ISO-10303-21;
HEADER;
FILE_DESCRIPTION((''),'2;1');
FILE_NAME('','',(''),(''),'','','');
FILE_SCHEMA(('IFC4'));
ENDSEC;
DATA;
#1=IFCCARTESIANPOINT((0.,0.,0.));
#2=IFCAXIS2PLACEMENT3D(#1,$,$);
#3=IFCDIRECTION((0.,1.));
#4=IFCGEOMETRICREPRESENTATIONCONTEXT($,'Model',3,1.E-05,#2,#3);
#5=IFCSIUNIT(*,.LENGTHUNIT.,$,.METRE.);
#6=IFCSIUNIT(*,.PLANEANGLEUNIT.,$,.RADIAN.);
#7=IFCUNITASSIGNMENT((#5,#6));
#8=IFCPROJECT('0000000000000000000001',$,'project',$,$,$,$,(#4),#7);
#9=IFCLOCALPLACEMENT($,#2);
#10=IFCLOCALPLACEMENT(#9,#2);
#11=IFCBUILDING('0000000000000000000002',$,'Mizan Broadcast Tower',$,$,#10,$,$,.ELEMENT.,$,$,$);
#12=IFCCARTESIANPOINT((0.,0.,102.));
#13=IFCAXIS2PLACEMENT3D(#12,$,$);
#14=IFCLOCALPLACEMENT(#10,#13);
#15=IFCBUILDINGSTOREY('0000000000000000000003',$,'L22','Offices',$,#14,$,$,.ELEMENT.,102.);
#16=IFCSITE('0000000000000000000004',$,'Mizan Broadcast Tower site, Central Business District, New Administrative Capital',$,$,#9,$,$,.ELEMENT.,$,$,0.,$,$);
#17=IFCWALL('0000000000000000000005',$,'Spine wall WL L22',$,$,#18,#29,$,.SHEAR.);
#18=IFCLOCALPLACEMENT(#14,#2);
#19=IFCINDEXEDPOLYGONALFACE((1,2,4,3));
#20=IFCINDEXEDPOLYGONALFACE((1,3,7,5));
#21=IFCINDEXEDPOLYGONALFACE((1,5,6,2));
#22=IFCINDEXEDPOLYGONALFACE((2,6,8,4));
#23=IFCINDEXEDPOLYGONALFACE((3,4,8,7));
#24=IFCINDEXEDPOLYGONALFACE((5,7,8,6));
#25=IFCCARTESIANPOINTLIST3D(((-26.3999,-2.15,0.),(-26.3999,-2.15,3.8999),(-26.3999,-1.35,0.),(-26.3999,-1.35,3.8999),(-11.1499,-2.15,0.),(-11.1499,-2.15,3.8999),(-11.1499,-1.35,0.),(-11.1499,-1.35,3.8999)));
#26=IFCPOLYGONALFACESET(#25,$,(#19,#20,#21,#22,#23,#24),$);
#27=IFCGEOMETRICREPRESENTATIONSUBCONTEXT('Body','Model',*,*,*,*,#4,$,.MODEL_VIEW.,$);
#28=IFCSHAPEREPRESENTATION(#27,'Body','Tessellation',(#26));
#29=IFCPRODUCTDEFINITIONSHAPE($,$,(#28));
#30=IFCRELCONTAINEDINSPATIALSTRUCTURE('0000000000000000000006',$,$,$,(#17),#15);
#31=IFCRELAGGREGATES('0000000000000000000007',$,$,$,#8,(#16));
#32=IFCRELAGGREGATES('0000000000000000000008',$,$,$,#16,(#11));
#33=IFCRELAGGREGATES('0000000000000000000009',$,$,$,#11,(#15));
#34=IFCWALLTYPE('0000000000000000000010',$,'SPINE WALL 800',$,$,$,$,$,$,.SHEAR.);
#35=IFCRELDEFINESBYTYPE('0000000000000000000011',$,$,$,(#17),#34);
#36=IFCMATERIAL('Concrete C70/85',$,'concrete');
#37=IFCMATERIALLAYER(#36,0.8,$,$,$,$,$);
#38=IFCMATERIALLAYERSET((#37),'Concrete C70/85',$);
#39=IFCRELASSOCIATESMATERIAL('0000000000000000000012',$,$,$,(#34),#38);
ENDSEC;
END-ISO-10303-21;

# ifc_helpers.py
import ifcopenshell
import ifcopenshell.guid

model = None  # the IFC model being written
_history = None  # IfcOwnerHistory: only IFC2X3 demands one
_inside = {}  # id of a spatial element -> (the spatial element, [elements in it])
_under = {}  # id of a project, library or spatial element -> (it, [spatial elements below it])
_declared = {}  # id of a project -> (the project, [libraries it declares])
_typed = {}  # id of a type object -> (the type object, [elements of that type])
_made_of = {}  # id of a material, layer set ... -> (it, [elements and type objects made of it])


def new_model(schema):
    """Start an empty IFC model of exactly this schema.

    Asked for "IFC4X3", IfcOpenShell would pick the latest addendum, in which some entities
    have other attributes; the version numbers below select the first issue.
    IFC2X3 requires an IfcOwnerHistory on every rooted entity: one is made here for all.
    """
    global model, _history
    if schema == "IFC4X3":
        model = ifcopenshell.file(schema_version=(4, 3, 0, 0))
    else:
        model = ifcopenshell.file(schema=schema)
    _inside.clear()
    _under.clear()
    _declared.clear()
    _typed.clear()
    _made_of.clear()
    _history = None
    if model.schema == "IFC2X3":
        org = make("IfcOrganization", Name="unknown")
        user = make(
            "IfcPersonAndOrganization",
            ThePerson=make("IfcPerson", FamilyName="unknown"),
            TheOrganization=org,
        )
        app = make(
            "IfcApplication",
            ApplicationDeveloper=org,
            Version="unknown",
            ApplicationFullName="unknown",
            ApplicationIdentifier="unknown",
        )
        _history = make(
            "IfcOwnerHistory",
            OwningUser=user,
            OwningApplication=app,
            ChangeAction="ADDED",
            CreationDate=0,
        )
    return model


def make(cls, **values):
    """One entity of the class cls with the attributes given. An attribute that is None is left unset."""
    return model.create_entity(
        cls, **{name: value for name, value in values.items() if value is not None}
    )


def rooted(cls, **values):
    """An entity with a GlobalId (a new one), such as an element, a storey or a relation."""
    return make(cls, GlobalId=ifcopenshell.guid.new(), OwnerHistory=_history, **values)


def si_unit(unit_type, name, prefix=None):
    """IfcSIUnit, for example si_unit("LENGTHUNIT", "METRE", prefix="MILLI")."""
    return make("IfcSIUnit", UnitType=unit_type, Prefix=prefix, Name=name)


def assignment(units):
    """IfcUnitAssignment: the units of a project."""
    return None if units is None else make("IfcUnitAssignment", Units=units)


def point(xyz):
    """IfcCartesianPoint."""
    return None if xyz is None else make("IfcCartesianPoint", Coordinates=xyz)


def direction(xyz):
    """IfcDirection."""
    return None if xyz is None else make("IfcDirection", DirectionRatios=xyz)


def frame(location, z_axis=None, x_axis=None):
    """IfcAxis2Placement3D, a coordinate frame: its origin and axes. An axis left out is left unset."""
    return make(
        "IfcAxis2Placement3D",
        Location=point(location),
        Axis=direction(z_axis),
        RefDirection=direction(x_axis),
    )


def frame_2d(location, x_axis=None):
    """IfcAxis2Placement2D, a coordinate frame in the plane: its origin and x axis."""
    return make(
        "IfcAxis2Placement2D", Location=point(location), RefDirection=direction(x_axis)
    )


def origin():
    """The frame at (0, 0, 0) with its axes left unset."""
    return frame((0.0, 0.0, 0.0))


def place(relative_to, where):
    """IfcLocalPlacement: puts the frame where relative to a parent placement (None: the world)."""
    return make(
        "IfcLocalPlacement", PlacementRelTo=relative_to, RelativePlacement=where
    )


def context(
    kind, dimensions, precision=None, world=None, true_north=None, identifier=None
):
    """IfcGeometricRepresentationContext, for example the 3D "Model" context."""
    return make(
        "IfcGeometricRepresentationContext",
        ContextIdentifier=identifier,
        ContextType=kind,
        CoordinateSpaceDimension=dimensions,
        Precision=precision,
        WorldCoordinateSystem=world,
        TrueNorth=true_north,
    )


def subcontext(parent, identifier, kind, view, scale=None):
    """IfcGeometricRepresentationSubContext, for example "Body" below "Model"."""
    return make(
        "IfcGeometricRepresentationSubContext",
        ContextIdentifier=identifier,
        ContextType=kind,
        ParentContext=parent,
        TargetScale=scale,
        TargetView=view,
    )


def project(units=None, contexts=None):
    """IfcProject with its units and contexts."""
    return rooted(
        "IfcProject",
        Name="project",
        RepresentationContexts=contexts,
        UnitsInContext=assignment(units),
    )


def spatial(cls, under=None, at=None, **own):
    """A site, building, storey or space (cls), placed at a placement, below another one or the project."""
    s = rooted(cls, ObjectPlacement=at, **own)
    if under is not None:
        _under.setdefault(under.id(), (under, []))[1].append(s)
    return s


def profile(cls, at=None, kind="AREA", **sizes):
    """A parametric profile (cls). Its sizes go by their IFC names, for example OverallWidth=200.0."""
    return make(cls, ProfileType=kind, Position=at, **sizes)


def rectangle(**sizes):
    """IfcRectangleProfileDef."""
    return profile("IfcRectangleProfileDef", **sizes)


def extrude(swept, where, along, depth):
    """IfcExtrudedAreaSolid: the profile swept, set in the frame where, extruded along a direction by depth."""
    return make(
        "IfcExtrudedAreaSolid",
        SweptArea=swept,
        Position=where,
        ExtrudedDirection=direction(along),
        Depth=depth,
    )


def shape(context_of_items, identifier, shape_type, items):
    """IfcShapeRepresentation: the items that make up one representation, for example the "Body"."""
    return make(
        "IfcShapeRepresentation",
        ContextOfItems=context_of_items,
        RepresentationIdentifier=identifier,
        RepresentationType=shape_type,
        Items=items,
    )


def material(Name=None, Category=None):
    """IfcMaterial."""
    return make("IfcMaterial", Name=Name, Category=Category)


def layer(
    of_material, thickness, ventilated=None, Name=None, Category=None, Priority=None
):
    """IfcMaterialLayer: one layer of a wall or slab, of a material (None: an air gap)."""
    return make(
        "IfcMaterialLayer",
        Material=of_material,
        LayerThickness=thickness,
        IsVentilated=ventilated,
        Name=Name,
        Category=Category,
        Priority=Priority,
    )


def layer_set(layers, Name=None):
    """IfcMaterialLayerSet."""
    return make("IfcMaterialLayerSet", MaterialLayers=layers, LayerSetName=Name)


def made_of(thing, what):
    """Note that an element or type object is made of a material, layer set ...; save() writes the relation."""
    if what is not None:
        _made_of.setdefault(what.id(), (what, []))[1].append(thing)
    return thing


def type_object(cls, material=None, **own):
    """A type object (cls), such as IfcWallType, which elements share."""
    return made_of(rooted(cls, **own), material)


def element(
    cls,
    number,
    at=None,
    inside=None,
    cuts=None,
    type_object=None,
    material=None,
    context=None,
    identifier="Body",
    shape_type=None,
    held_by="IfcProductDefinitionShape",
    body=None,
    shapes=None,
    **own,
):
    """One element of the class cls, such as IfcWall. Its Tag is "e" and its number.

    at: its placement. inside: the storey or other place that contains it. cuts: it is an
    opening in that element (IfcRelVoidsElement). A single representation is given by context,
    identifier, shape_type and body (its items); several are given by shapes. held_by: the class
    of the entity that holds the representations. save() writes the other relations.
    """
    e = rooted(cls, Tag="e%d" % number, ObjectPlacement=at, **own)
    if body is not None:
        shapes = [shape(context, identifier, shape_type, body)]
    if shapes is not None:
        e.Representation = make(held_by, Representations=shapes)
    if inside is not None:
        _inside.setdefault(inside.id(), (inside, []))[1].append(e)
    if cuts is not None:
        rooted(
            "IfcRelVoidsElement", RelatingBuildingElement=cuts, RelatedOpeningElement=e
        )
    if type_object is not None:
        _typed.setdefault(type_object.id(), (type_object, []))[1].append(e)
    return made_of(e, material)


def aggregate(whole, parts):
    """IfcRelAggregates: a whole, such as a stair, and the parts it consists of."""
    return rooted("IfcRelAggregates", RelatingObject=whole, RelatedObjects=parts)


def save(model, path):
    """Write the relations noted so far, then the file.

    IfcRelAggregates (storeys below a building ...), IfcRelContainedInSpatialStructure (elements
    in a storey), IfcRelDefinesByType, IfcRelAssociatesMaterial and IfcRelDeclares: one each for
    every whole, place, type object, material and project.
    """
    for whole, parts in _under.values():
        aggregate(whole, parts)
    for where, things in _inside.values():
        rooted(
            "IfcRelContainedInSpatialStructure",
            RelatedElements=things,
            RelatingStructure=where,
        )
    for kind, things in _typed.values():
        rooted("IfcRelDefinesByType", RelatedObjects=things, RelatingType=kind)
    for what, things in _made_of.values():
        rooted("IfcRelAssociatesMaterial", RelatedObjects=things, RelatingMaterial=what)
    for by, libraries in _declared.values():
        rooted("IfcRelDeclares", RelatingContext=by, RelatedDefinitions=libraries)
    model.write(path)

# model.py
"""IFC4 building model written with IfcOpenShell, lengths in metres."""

from ifc_helpers import new_model, si_unit, direction, frame, frame_2d, origin, place, context, subcontext, project, spatial, rectangle, extrude, material, layer, layer_set, type_object, element, save


model = new_model("IFC4")

# Units and contexts
model_context = context("Model", 3, precision=1e-05, world=origin(), true_north=direction((0.0, 1.0)))
body_context = subcontext(model_context, "Body", "Model", "MODEL_VIEW")
ifc_project = project(units=[si_unit("LENGTHUNIT", "METRE"), si_unit("PLANEANGLEUNIT", "RADIAN")], contexts=[model_context])

# Site, building, storey
site_placement = place(None, origin())
site = spatial("IfcSite", under=ifc_project, at=site_placement, Name="Mizan Broadcast Tower site, Central Business District, New Administrative Capital", CompositionType="ELEMENT", RefElevation=0.0)
building_placement = place(site_placement, origin())
building = spatial("IfcBuilding", under=site, at=building_placement, Name="Mizan Broadcast Tower", CompositionType="ELEMENT")
storey_placement = place(building_placement, frame((0.0, 0.0, 102.0)))
storey = spatial("IfcBuildingStorey", under=building, at=storey_placement, Name="L22", Description="Offices", CompositionType="ELEMENT", Elevation=102.0)

# Wall
ifc_material_1 = material(Name="Concrete C70/85", Category="concrete")
ifc_layer_1 = layer(ifc_material_1, 0.8)
ifc_layer_set_1 = layer_set([ifc_layer_1], Name="Concrete C70/85")
wall_type_1 = type_object("IfcWallType", Name="SPINE WALL 800", PredefinedType="SHEAR", material=ifc_layer_set_1)
wall_1_placement = place(storey_placement, frame((-11.1499, -1.75, 0.0), z_axis=(0.0, 0.0, 1.0), x_axis=(-1.0, 0.0, 0.0)))
element("IfcWall", 1, at=wall_1_placement, inside=storey, type_object=wall_type_1, Name="Spine wall WL L22", PredefinedType="SHEAR", context=body_context, shape_type="SweptSolid", body=[
    extrude(rectangle(XDim=15.25, YDim=0.8, at=frame_2d((7.625, 0.0))), origin(), (0.0, 0.0, 1.0), 3.8999),
])

save(model, "model.ifc")
